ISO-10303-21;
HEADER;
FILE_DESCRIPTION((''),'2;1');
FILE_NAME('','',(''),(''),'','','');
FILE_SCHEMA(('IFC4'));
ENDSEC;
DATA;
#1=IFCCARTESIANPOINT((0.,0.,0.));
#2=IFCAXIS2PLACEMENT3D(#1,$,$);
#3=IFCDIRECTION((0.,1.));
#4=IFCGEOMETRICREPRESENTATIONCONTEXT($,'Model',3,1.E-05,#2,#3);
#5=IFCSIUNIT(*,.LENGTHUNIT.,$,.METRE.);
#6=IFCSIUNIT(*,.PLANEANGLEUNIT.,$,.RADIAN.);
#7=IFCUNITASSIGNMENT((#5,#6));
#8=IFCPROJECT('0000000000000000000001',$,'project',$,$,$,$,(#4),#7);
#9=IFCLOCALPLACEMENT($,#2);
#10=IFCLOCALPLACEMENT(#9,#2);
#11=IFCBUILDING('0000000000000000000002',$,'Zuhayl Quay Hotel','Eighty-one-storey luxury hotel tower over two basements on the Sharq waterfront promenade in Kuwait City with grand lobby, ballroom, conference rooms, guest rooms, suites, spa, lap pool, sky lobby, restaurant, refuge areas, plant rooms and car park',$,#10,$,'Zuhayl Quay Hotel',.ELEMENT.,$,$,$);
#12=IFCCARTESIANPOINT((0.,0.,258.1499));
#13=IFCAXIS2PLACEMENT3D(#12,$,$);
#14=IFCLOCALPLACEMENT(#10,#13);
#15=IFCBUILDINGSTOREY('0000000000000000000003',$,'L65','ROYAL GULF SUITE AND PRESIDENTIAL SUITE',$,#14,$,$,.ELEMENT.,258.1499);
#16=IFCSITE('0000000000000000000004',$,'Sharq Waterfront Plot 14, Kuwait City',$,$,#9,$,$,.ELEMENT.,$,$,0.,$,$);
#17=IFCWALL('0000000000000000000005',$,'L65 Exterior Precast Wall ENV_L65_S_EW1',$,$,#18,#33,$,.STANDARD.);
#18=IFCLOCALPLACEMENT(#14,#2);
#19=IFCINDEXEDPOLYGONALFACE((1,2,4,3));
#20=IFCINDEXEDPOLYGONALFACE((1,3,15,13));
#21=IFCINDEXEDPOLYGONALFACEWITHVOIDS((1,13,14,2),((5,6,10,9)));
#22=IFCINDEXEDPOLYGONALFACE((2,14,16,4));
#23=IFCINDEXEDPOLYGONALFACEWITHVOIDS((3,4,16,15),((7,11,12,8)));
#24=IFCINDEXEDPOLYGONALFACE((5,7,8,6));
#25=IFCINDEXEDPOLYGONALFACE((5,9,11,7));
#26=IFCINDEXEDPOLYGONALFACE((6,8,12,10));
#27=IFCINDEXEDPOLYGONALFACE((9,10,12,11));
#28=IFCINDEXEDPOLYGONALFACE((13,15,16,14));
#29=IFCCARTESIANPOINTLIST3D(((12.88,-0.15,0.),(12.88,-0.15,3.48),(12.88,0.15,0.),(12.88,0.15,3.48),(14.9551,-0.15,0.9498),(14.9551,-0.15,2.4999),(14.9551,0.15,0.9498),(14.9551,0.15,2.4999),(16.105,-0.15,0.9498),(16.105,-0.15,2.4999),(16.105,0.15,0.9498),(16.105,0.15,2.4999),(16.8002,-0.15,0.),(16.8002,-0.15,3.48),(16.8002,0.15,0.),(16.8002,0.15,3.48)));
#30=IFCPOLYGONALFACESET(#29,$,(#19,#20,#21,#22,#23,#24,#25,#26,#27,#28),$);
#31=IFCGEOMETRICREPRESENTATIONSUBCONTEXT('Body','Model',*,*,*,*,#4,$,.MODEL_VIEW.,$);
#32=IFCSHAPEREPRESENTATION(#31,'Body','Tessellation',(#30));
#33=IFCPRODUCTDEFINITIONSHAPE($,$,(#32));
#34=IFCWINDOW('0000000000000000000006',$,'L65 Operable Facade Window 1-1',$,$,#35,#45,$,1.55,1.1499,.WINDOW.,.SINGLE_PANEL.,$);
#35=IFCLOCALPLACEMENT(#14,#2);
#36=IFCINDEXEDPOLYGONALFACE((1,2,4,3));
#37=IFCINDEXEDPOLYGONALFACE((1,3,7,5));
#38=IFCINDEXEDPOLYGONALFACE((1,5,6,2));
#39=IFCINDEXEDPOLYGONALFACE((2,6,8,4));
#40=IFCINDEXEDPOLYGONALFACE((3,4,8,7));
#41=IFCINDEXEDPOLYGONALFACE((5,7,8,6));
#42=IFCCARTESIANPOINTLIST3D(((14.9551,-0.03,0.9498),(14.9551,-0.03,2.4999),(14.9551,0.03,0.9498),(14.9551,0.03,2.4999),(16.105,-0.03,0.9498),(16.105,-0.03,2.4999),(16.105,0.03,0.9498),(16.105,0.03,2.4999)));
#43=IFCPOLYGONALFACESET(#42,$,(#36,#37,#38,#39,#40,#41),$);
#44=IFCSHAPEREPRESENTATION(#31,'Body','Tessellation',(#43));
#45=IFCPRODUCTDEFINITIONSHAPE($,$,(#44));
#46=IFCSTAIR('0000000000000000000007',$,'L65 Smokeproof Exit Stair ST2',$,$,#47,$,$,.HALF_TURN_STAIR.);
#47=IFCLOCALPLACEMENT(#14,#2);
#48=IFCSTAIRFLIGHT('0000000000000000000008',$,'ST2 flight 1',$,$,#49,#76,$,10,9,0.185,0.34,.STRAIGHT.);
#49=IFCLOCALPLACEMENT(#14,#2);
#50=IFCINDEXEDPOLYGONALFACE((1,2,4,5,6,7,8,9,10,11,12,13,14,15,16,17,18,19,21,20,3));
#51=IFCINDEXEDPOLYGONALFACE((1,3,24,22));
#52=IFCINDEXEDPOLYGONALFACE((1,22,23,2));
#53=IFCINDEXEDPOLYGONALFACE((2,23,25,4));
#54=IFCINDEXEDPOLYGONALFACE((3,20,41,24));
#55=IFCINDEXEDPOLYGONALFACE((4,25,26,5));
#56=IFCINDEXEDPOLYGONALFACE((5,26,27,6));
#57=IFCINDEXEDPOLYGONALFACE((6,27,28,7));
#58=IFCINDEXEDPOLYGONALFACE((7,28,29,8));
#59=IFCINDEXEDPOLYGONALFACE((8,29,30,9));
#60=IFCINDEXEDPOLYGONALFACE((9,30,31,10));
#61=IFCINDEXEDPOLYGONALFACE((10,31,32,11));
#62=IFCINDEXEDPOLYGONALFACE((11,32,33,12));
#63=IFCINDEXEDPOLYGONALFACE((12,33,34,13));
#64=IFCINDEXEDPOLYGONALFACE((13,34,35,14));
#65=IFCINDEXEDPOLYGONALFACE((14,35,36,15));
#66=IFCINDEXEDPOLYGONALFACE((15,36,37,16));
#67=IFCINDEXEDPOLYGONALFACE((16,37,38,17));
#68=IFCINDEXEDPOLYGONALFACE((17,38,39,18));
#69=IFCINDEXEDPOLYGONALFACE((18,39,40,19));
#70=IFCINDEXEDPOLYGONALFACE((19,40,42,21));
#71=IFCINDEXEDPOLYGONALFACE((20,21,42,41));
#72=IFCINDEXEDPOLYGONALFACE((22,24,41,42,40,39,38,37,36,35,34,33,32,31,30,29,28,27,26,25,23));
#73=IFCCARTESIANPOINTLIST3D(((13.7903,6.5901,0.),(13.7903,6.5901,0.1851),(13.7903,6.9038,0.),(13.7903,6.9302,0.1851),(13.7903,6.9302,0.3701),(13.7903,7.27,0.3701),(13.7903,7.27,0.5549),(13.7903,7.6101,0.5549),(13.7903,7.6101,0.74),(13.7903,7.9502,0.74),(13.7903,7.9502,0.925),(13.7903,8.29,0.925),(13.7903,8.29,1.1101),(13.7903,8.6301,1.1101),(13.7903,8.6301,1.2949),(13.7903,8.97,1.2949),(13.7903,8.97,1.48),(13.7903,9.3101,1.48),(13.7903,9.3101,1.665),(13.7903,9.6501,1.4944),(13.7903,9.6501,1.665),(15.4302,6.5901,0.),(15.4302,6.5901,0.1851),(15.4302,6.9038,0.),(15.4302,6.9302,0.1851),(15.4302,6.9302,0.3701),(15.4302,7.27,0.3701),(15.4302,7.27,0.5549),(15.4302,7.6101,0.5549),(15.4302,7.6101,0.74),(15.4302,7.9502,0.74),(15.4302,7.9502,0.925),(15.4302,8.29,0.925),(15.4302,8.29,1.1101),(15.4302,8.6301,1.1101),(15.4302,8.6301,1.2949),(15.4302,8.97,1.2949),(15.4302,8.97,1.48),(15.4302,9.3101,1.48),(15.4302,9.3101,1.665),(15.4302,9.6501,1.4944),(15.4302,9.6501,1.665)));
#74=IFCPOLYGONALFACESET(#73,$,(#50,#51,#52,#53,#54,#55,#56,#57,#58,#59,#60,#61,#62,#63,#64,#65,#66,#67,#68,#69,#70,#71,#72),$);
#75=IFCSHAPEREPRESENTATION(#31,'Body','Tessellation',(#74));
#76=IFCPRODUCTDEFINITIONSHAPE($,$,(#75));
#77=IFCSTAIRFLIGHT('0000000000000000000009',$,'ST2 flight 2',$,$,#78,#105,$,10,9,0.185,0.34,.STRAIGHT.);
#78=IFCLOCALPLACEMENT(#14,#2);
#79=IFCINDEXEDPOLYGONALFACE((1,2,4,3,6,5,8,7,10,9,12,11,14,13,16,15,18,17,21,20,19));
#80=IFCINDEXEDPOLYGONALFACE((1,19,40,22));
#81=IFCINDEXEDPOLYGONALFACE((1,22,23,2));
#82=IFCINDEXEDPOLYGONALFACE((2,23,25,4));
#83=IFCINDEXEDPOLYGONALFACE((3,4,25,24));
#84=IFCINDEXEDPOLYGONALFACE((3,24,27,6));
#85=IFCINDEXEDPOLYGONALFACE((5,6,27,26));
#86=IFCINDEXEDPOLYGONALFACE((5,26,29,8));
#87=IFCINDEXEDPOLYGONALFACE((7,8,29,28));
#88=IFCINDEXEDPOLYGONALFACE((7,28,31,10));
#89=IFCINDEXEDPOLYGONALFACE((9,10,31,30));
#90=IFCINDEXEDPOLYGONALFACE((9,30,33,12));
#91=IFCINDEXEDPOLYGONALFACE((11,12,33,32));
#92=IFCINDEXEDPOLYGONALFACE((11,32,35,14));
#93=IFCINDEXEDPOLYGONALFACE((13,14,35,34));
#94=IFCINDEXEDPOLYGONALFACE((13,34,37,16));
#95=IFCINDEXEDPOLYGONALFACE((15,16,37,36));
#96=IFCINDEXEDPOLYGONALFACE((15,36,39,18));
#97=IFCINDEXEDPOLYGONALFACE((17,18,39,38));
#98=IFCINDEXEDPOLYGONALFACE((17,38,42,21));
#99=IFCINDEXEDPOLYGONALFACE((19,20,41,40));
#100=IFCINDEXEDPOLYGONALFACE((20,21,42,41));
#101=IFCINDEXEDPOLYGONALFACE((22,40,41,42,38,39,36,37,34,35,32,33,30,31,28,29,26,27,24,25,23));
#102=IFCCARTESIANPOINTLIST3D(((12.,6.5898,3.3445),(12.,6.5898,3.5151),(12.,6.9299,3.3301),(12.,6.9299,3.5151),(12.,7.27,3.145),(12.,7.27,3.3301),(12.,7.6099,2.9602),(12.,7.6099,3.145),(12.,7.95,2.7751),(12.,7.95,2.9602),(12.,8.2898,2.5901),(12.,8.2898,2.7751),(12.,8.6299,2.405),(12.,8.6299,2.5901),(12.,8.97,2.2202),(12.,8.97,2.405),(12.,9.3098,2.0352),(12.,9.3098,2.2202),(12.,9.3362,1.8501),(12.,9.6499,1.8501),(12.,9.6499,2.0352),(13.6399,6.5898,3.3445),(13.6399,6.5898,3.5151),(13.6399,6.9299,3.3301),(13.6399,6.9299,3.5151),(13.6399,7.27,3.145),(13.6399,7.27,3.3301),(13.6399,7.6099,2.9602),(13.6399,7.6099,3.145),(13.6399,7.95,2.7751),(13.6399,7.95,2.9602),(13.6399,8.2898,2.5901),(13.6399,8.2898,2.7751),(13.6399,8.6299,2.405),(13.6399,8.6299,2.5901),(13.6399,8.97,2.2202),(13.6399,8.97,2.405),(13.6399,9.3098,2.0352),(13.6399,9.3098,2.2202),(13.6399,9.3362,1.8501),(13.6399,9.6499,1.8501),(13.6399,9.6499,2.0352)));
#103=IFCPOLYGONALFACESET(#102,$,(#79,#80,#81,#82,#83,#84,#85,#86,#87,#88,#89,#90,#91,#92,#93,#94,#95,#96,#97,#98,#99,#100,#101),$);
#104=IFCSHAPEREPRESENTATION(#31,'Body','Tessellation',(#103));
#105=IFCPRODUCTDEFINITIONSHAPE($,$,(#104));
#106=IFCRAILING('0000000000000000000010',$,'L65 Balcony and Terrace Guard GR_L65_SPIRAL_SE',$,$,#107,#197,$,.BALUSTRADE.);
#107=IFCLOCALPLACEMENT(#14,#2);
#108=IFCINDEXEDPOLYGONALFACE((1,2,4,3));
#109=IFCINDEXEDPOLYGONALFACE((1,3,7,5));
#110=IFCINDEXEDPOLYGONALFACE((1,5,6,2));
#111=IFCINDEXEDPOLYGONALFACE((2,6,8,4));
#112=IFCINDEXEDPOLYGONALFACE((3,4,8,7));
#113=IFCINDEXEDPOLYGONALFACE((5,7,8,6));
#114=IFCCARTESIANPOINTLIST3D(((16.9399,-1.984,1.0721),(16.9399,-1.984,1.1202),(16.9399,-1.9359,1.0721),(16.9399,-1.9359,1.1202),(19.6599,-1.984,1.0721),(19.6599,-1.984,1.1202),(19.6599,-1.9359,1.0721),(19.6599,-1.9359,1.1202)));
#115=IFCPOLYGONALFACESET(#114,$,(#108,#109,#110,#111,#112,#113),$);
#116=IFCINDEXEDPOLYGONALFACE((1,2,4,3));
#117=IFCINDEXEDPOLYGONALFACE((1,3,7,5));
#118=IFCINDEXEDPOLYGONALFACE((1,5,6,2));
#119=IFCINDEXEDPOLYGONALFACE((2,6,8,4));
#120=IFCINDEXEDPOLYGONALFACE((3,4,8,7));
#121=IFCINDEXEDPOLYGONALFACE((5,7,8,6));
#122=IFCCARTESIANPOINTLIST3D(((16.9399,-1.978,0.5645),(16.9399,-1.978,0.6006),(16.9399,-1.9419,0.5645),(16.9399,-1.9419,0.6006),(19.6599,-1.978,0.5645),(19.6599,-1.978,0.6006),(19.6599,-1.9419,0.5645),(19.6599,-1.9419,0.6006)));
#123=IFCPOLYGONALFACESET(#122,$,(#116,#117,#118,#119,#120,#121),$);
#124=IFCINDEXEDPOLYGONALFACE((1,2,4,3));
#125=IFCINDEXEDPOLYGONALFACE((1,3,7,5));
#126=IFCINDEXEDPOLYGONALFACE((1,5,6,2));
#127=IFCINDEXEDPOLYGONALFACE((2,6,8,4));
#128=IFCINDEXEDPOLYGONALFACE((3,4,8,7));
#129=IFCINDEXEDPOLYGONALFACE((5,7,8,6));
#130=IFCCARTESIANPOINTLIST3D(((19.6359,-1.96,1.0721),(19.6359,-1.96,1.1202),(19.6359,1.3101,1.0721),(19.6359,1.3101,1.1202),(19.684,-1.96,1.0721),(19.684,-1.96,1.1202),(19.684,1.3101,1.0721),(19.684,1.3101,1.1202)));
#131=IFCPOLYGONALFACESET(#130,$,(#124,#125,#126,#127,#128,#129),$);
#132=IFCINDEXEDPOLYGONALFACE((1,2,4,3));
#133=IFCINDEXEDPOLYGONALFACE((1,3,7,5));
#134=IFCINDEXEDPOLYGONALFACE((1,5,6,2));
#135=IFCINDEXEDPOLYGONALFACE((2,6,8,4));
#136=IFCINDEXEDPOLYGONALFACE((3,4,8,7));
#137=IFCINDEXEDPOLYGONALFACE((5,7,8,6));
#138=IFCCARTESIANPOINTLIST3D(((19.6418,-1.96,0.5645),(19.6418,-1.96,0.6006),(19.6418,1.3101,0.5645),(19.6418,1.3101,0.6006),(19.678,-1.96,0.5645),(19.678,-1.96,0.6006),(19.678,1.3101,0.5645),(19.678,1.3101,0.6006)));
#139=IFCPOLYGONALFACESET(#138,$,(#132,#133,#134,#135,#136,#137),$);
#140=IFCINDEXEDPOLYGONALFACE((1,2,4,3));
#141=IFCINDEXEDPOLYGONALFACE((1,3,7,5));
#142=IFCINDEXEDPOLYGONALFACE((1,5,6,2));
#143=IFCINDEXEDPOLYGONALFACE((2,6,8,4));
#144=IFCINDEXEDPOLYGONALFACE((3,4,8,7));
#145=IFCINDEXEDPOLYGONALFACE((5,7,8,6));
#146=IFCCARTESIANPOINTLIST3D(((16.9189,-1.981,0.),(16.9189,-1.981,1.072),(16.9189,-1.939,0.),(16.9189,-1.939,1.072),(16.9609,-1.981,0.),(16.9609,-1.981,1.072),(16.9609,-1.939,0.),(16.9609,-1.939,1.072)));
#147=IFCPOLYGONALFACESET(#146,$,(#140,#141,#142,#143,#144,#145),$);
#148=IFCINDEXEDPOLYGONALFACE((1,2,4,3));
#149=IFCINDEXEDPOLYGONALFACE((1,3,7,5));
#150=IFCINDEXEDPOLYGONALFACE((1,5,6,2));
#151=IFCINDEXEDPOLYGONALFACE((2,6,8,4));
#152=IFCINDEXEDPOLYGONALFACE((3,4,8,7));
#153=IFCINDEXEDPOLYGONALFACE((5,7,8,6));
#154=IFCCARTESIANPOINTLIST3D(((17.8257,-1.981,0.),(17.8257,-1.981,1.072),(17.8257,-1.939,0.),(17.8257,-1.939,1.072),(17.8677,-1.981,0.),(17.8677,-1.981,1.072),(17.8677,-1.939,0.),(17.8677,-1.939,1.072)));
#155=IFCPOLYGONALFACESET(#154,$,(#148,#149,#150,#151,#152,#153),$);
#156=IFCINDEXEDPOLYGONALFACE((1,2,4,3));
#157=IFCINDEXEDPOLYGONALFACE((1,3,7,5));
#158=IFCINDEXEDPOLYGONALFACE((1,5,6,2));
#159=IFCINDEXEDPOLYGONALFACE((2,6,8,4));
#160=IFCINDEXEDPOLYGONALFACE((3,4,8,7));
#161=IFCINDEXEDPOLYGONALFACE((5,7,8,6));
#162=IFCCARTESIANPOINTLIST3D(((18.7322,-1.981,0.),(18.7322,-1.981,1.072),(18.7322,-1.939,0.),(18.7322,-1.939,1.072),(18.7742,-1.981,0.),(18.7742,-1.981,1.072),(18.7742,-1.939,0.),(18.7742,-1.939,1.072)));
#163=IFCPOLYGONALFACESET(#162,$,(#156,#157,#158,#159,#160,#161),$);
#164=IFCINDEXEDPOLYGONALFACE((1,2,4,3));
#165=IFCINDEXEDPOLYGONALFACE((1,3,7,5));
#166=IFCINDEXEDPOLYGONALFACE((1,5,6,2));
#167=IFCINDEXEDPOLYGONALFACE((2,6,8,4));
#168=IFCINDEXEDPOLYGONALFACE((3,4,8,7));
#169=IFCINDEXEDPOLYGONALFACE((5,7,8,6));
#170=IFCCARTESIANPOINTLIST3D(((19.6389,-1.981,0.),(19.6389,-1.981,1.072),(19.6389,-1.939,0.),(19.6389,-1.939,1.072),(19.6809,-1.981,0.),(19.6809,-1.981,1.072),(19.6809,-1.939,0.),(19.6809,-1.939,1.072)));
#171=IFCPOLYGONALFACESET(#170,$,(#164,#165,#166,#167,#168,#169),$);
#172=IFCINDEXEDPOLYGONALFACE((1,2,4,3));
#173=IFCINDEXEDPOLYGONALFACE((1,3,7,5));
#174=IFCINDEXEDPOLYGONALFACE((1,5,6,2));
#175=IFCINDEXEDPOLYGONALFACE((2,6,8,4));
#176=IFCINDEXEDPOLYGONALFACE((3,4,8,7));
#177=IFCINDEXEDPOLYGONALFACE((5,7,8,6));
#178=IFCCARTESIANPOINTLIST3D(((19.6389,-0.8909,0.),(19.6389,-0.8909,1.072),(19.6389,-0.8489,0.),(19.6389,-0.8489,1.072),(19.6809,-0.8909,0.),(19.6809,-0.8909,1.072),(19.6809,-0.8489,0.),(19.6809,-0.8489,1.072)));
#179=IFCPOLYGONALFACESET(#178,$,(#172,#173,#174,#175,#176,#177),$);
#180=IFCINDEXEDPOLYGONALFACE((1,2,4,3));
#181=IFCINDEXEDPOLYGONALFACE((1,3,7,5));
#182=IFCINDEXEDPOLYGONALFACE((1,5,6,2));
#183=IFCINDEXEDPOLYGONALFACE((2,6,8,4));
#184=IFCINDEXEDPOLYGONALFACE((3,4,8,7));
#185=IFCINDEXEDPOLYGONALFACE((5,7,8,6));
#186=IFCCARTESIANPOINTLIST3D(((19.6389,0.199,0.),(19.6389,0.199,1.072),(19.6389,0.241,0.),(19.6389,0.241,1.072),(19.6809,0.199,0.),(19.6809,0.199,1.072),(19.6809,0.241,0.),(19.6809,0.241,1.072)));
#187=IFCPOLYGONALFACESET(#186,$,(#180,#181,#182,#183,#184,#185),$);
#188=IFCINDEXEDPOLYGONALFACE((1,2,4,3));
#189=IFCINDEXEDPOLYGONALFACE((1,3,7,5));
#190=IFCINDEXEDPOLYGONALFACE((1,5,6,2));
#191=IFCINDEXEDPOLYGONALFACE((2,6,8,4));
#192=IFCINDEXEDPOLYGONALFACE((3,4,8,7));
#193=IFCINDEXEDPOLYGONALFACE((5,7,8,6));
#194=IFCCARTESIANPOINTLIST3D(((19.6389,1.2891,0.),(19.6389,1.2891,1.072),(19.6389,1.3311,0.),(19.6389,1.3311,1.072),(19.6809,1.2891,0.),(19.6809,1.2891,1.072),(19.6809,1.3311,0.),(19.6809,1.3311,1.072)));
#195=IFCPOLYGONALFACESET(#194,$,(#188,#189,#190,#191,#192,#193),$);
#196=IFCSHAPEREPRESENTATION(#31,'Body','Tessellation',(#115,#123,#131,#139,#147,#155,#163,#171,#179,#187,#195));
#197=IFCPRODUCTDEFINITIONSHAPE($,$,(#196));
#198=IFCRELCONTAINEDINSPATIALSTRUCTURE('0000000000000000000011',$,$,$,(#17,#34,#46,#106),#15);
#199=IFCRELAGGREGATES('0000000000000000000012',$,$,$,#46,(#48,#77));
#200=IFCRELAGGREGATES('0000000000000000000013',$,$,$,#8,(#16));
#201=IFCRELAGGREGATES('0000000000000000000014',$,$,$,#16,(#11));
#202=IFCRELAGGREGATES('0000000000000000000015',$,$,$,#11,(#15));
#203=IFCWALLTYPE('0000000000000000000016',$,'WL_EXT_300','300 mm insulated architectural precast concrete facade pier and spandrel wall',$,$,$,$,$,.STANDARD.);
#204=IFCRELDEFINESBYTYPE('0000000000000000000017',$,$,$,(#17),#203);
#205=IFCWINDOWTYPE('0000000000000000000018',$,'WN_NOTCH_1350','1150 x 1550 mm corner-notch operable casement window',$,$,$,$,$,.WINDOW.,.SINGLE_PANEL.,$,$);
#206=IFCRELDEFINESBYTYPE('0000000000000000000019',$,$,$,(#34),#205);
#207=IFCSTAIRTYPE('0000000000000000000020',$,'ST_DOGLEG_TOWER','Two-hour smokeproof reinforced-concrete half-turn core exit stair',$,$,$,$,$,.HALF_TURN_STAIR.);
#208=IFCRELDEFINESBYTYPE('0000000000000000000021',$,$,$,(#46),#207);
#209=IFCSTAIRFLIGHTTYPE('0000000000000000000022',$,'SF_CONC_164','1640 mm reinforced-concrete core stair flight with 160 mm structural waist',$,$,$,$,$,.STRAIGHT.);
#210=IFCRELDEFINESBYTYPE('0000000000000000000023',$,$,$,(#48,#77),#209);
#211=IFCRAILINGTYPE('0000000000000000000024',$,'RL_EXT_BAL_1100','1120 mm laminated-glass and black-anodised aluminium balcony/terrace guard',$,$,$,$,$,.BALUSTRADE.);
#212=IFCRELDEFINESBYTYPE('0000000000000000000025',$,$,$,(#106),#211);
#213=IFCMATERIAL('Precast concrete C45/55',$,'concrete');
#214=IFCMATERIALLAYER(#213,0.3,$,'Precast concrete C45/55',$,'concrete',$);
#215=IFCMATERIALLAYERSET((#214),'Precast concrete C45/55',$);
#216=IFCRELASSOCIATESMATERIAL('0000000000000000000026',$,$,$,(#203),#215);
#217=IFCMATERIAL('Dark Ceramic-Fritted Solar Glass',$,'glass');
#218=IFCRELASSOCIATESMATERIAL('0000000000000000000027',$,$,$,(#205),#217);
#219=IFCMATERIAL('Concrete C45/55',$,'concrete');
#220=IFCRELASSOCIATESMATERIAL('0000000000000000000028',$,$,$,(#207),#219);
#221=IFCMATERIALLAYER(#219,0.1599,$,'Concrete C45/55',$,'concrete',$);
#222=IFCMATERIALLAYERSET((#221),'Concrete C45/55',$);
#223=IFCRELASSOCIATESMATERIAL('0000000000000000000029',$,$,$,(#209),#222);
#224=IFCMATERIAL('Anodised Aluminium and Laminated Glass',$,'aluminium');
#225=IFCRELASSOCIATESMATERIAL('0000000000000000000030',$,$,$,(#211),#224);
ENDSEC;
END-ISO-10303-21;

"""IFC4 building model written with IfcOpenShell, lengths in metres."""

from ifc_helpers import new_model, si_unit, direction, frame, frame_2d, origin, origin_2d, place, context, subcontext, project, spatial, polyline, rectangle, outline, extrude, material, layer, layer_set, type_object, element, fill, aggregate, save


model = new_model("IFC4")

# Units and contexts
model_context = context("Model", 3, precision=1e-05, world=origin(), true_north=direction((0.0, 1.0)))
body_context = subcontext(model_context, "Body", "Model", "MODEL_VIEW")
ifc_project = project(units=[si_unit("LENGTHUNIT", "METRE"), si_unit("PLANEANGLEUNIT", "RADIAN")], contexts=[model_context])

# Site, building, storey
site_placement = place(None, origin())
site = spatial("IfcSite", under=ifc_project, at=site_placement, Name="Sharq Waterfront Plot 14, Kuwait City", CompositionType="ELEMENT", RefElevation=0.0)
building_placement = place(site_placement, origin())
building = spatial("IfcBuilding", under=site, at=building_placement, Name="Zuhayl Quay Hotel", Description="Eighty-one-storey luxury hotel tower over two basements on the Sharq waterfront promenade in Kuwait City with grand lobby, ballroom, conference rooms, guest rooms, suites, spa, lap pool, sky lobby, restaurant, refuge areas, plant rooms and car park", LongName="Zuhayl Quay Hotel", CompositionType="ELEMENT")
storey_placement = place(building_placement, frame((0.0, 0.0, 258.1499)))
storey = spatial("IfcBuildingStorey", under=building, at=storey_placement, Name="L65", Description="ROYAL GULF SUITE AND PRESIDENTIAL SUITE", CompositionType="ELEMENT", Elevation=258.1499)

# Shared definitions
ifc_material_1 = material(Name="Dark Ceramic-Fritted Solar Glass", Category="glass")

# Shared definitions
ifc_material_2 = material(Name="Precast concrete C45/55", Category="concrete")
ifc_layer_1 = layer(ifc_material_2, 0.3, Name="Precast concrete C45/55", Category="concrete")
ifc_layer_set_1 = layer_set([ifc_layer_1], Name="Precast concrete C45/55")
wall_type_1 = type_object("IfcWallType", Name="WL_EXT_300", Description="300 mm insulated architectural precast concrete facade pier and spandrel wall", PredefinedType="STANDARD", material=ifc_layer_set_1)

# Wall, opening, window
wall_1_placement = place(storey_placement, frame((16.8, 0.0, 0.0), z_axis=(0.0, 0.0, 1.0), x_axis=(-1.0, 0.0, 0.0)))
wall_1 = element("IfcWall", 1, at=wall_1_placement, inside=storey, type_object=wall_type_1, Name="L65 Exterior Precast Wall ENV_L65_S_EW1", PredefinedType="STANDARD", context=body_context, shape_type="SweptSolid", body=[
    extrude(rectangle(XDim=3.9202, YDim=0.3, at=frame_2d((1.96, 0.0))), origin(), (0.0, 0.0, 1.0), 3.48),
])
opening_1_placement = place(wall_1_placement, frame((0.6951, 0.0, 0.95)))
opening_1 = element("IfcOpeningElement", 2, at=opening_1_placement, cuts=wall_1, PredefinedType="OPENING", context=body_context, shape_type="SweptSolid", body=[
    extrude(rectangle(XDim=1.1499, YDim=1.55, at=frame_2d((0.575, 0.7749))), frame((0.0, 0.1599, 0.0), z_axis=(0.0, -1.0, 0.0), x_axis=(1.0, 0.0, 0.0)), (0.0, 0.0, 1.0), 0.3201),
])
window_type = type_object("IfcWindowType", Name="WN_NOTCH_1350", Description="1150 x 1550 mm corner-notch operable casement window", PartitioningType="SINGLE_PANEL", PredefinedType="WINDOW", material=ifc_material_1)
window_placement = place(opening_1_placement, origin())
window = element("IfcWindow", 3, at=window_placement, inside=storey, type_object=window_type, Name="L65 Operable Facade Window 1-1", OverallHeight=1.55, OverallWidth=1.1499, PartitioningType="SINGLE_PANEL", PredefinedType="WINDOW", context=body_context, shape_type="SweptSolid", body=[
    extrude(rectangle(XDim=1.1499, YDim=1.55, at=frame_2d((0.575, 0.7749))), frame((0.0, 0.03, 0.0), z_axis=(0.0, -1.0, 0.0), x_axis=(1.0, 0.0, 0.0)), (0.0, 0.0, 1.0), 0.0601),
])
fill(opening_1, window)

# Stair, stair flights
ifc_material_3 = material(Name="Concrete C45/55", Category="concrete")
stair_type = type_object("IfcStairType", Name="ST_DOGLEG_TOWER", Description="Two-hour smokeproof reinforced-concrete half-turn core exit stair", PredefinedType="HALF_TURN_STAIR", material=ifc_material_3)
stair_placement = place(storey_placement, origin())
stair = element("IfcStair", 4, at=stair_placement, inside=storey, type_object=stair_type, Name="L65 Smokeproof Exit Stair ST2", PredefinedType="HALF_TURN_STAIR")
ifc_layer_2 = layer(ifc_material_3, 0.1599, Name="Concrete C45/55", Category="concrete")
ifc_layer_set_2 = layer_set([ifc_layer_2], Name="Concrete C45/55")
stair_flight_type = type_object("IfcStairFlightType", Name="SF_CONC_164", Description="1640 mm reinforced-concrete core stair flight with 160 mm structural waist", PredefinedType="STRAIGHT", material=ifc_layer_set_2)
stair_flight_1_placement = place(storey_placement, frame((14.6101, 6.5901, 0.0), z_axis=(0.0, 0.0, 1.0), x_axis=(0.0, 1.0, 0.0)))
stair_flight_1 = element("IfcStairFlight", 5, at=stair_flight_1_placement, type_object=stair_flight_type, Name="ST2 flight 1", NumberOfRisers=10, NumberOfTreads=9, PredefinedType="STRAIGHT", RiserHeight=0.185, TreadLength=0.34, context=body_context, shape_type="SweptSolid", body=[
    extrude(outline(polyline([(0.0, 0.0), (0.0, 0.1851), (0.3401, 0.1851), (0.3401, 0.3701), (0.6799, 0.3701), (0.6799, 0.5549), (1.02, 0.5549), (1.02, 0.74), (1.3601, 0.74), (1.3601, 0.925), (1.7, 0.925), (1.7, 1.1101), (2.04, 1.1101), (2.04, 1.2949), (2.3799, 1.2949), (2.3799, 1.48), (2.72, 1.48), (2.72, 1.665), (3.0601, 1.665), (3.0601, 1.8501), (3.0601, 1.4944), (0.3137, 0.0), (0.0, 0.0)])), frame((0.0, 0.8198, 0.0), z_axis=(0.0, -1.0, 0.0), x_axis=(1.0, 0.0, 0.0)), (0.0, 0.0, 1.0), 1.6399),
])
stair_flight_2_placement = place(storey_placement, frame((12.8201, 9.6499, 1.8501), z_axis=(0.0, 0.0, 1.0), x_axis=(0.0, -1.0, 0.0)))
stair_flight_2 = element("IfcStairFlight", 6, at=stair_flight_2_placement, type_object=stair_flight_type, Name="ST2 flight 2", NumberOfRisers=10, NumberOfTreads=9, PredefinedType="STRAIGHT", RiserHeight=0.185, TreadLength=0.34, context=body_context, shape_type="SweptSolid", body=[
    extrude(outline(polyline([(0.0, 0.0), (0.0, 0.1851), (0.3401, 0.1851), (0.3401, 0.3701), (0.6799, 0.3701), (0.6799, 0.5549), (1.02, 0.5549), (1.02, 0.74), (1.3601, 0.74), (1.3601, 0.925), (1.7, 0.925), (1.7, 1.1101), (2.04, 1.1101), (2.04, 1.2949), (2.3799, 1.2949), (2.3799, 1.48), (2.72, 1.48), (2.72, 1.665), (3.0601, 1.665), (3.0601, 1.8501), (3.0601, 1.4944), (0.3137, 0.0), (0.0, 0.0)])), frame((0.0, 0.8198, 0.0), z_axis=(0.0, -1.0, 0.0), x_axis=(1.0, 0.0, 0.0)), (0.0, 0.0, 1.0), 1.6399),
])
aggregate(stair, [stair_flight_1, stair_flight_2])

# Railing
ifc_material_4 = material(Name="Anodised Aluminium and Laminated Glass", Category="aluminium")
railing_type_1 = type_object("IfcRailingType", Name="RL_EXT_BAL_1100", Description="1120 mm laminated-glass and black-anodised aluminium balcony/terrace guard", PredefinedType="BALUSTRADE", material=ifc_material_4)
railing_1_placement = place(storey_placement, frame((16.9399, -1.96, 0.0)))
element("IfcRailing", 7, at=railing_1_placement, inside=storey, type_object=railing_type_1, Name="L65 Balcony and Terrace Guard GR_L65_SPIRAL_SE", PredefinedType="BALUSTRADE", context=body_context, shape_type="SweptSolid", body=[
    extrude(rectangle(XDim=0.0481, YDim=0.0481, at=origin_2d()), frame((0.0, 0.0, 1.0962), z_axis=(1.0, 0.0, 0.0), x_axis=(0.0, 1.0, 0.0)), (0.0, 0.0, 1.0), 2.72),
    extrude(rectangle(XDim=0.0361, YDim=0.0361, at=origin_2d()), frame((0.0, 0.0, 0.5825), z_axis=(1.0, 0.0, 0.0), x_axis=(0.0, 1.0, 0.0)), (0.0, 0.0, 1.0), 2.72),
    extrude(rectangle(XDim=0.0481, YDim=0.0481, at=origin_2d()), frame((2.72, 0.0, 1.0962), z_axis=(0.0, 1.0, 0.0), x_axis=(-1.0, 0.0, 0.0)), (0.0, 0.0, 1.0), 3.27),
    extrude(rectangle(XDim=0.0361, YDim=0.0361, at=origin_2d()), frame((2.72, 0.0, 0.5825), z_axis=(0.0, 1.0, 0.0), x_axis=(-1.0, 0.0, 0.0)), (0.0, 0.0, 1.0), 3.27),
    extrude(rectangle(XDim=0.042, YDim=0.042, at=origin_2d()), origin(), (0.0, 0.0, 1.0), 1.072),
    extrude(rectangle(XDim=0.042, YDim=0.042, at=origin_2d()), frame((0.9067, 0.0, 0.0)), (0.0, 0.0, 1.0), 1.072),
    extrude(rectangle(XDim=0.042, YDim=0.042, at=origin_2d()), frame((1.8132, 0.0, 0.0)), (0.0, 0.0, 1.0), 1.072),
    extrude(rectangle(XDim=0.042, YDim=0.042, at=origin_2d()), frame((2.72, 0.0, 0.0)), (0.0, 0.0, 1.0), 1.072),
    extrude(rectangle(XDim=0.042, YDim=0.042, at=origin_2d()), frame((2.72, 1.0901, 0.0)), (0.0, 0.0, 1.0), 1.072),
    extrude(rectangle(XDim=0.042, YDim=0.042, at=origin_2d()), frame((2.72, 2.1799, 0.0)), (0.0, 0.0, 1.0), 1.072),
    extrude(rectangle(XDim=0.042, YDim=0.042, at=origin_2d()), frame((2.72, 3.27, 0.0)), (0.0, 0.0, 1.0), 1.072),
])

save(model, "model.ifc")
